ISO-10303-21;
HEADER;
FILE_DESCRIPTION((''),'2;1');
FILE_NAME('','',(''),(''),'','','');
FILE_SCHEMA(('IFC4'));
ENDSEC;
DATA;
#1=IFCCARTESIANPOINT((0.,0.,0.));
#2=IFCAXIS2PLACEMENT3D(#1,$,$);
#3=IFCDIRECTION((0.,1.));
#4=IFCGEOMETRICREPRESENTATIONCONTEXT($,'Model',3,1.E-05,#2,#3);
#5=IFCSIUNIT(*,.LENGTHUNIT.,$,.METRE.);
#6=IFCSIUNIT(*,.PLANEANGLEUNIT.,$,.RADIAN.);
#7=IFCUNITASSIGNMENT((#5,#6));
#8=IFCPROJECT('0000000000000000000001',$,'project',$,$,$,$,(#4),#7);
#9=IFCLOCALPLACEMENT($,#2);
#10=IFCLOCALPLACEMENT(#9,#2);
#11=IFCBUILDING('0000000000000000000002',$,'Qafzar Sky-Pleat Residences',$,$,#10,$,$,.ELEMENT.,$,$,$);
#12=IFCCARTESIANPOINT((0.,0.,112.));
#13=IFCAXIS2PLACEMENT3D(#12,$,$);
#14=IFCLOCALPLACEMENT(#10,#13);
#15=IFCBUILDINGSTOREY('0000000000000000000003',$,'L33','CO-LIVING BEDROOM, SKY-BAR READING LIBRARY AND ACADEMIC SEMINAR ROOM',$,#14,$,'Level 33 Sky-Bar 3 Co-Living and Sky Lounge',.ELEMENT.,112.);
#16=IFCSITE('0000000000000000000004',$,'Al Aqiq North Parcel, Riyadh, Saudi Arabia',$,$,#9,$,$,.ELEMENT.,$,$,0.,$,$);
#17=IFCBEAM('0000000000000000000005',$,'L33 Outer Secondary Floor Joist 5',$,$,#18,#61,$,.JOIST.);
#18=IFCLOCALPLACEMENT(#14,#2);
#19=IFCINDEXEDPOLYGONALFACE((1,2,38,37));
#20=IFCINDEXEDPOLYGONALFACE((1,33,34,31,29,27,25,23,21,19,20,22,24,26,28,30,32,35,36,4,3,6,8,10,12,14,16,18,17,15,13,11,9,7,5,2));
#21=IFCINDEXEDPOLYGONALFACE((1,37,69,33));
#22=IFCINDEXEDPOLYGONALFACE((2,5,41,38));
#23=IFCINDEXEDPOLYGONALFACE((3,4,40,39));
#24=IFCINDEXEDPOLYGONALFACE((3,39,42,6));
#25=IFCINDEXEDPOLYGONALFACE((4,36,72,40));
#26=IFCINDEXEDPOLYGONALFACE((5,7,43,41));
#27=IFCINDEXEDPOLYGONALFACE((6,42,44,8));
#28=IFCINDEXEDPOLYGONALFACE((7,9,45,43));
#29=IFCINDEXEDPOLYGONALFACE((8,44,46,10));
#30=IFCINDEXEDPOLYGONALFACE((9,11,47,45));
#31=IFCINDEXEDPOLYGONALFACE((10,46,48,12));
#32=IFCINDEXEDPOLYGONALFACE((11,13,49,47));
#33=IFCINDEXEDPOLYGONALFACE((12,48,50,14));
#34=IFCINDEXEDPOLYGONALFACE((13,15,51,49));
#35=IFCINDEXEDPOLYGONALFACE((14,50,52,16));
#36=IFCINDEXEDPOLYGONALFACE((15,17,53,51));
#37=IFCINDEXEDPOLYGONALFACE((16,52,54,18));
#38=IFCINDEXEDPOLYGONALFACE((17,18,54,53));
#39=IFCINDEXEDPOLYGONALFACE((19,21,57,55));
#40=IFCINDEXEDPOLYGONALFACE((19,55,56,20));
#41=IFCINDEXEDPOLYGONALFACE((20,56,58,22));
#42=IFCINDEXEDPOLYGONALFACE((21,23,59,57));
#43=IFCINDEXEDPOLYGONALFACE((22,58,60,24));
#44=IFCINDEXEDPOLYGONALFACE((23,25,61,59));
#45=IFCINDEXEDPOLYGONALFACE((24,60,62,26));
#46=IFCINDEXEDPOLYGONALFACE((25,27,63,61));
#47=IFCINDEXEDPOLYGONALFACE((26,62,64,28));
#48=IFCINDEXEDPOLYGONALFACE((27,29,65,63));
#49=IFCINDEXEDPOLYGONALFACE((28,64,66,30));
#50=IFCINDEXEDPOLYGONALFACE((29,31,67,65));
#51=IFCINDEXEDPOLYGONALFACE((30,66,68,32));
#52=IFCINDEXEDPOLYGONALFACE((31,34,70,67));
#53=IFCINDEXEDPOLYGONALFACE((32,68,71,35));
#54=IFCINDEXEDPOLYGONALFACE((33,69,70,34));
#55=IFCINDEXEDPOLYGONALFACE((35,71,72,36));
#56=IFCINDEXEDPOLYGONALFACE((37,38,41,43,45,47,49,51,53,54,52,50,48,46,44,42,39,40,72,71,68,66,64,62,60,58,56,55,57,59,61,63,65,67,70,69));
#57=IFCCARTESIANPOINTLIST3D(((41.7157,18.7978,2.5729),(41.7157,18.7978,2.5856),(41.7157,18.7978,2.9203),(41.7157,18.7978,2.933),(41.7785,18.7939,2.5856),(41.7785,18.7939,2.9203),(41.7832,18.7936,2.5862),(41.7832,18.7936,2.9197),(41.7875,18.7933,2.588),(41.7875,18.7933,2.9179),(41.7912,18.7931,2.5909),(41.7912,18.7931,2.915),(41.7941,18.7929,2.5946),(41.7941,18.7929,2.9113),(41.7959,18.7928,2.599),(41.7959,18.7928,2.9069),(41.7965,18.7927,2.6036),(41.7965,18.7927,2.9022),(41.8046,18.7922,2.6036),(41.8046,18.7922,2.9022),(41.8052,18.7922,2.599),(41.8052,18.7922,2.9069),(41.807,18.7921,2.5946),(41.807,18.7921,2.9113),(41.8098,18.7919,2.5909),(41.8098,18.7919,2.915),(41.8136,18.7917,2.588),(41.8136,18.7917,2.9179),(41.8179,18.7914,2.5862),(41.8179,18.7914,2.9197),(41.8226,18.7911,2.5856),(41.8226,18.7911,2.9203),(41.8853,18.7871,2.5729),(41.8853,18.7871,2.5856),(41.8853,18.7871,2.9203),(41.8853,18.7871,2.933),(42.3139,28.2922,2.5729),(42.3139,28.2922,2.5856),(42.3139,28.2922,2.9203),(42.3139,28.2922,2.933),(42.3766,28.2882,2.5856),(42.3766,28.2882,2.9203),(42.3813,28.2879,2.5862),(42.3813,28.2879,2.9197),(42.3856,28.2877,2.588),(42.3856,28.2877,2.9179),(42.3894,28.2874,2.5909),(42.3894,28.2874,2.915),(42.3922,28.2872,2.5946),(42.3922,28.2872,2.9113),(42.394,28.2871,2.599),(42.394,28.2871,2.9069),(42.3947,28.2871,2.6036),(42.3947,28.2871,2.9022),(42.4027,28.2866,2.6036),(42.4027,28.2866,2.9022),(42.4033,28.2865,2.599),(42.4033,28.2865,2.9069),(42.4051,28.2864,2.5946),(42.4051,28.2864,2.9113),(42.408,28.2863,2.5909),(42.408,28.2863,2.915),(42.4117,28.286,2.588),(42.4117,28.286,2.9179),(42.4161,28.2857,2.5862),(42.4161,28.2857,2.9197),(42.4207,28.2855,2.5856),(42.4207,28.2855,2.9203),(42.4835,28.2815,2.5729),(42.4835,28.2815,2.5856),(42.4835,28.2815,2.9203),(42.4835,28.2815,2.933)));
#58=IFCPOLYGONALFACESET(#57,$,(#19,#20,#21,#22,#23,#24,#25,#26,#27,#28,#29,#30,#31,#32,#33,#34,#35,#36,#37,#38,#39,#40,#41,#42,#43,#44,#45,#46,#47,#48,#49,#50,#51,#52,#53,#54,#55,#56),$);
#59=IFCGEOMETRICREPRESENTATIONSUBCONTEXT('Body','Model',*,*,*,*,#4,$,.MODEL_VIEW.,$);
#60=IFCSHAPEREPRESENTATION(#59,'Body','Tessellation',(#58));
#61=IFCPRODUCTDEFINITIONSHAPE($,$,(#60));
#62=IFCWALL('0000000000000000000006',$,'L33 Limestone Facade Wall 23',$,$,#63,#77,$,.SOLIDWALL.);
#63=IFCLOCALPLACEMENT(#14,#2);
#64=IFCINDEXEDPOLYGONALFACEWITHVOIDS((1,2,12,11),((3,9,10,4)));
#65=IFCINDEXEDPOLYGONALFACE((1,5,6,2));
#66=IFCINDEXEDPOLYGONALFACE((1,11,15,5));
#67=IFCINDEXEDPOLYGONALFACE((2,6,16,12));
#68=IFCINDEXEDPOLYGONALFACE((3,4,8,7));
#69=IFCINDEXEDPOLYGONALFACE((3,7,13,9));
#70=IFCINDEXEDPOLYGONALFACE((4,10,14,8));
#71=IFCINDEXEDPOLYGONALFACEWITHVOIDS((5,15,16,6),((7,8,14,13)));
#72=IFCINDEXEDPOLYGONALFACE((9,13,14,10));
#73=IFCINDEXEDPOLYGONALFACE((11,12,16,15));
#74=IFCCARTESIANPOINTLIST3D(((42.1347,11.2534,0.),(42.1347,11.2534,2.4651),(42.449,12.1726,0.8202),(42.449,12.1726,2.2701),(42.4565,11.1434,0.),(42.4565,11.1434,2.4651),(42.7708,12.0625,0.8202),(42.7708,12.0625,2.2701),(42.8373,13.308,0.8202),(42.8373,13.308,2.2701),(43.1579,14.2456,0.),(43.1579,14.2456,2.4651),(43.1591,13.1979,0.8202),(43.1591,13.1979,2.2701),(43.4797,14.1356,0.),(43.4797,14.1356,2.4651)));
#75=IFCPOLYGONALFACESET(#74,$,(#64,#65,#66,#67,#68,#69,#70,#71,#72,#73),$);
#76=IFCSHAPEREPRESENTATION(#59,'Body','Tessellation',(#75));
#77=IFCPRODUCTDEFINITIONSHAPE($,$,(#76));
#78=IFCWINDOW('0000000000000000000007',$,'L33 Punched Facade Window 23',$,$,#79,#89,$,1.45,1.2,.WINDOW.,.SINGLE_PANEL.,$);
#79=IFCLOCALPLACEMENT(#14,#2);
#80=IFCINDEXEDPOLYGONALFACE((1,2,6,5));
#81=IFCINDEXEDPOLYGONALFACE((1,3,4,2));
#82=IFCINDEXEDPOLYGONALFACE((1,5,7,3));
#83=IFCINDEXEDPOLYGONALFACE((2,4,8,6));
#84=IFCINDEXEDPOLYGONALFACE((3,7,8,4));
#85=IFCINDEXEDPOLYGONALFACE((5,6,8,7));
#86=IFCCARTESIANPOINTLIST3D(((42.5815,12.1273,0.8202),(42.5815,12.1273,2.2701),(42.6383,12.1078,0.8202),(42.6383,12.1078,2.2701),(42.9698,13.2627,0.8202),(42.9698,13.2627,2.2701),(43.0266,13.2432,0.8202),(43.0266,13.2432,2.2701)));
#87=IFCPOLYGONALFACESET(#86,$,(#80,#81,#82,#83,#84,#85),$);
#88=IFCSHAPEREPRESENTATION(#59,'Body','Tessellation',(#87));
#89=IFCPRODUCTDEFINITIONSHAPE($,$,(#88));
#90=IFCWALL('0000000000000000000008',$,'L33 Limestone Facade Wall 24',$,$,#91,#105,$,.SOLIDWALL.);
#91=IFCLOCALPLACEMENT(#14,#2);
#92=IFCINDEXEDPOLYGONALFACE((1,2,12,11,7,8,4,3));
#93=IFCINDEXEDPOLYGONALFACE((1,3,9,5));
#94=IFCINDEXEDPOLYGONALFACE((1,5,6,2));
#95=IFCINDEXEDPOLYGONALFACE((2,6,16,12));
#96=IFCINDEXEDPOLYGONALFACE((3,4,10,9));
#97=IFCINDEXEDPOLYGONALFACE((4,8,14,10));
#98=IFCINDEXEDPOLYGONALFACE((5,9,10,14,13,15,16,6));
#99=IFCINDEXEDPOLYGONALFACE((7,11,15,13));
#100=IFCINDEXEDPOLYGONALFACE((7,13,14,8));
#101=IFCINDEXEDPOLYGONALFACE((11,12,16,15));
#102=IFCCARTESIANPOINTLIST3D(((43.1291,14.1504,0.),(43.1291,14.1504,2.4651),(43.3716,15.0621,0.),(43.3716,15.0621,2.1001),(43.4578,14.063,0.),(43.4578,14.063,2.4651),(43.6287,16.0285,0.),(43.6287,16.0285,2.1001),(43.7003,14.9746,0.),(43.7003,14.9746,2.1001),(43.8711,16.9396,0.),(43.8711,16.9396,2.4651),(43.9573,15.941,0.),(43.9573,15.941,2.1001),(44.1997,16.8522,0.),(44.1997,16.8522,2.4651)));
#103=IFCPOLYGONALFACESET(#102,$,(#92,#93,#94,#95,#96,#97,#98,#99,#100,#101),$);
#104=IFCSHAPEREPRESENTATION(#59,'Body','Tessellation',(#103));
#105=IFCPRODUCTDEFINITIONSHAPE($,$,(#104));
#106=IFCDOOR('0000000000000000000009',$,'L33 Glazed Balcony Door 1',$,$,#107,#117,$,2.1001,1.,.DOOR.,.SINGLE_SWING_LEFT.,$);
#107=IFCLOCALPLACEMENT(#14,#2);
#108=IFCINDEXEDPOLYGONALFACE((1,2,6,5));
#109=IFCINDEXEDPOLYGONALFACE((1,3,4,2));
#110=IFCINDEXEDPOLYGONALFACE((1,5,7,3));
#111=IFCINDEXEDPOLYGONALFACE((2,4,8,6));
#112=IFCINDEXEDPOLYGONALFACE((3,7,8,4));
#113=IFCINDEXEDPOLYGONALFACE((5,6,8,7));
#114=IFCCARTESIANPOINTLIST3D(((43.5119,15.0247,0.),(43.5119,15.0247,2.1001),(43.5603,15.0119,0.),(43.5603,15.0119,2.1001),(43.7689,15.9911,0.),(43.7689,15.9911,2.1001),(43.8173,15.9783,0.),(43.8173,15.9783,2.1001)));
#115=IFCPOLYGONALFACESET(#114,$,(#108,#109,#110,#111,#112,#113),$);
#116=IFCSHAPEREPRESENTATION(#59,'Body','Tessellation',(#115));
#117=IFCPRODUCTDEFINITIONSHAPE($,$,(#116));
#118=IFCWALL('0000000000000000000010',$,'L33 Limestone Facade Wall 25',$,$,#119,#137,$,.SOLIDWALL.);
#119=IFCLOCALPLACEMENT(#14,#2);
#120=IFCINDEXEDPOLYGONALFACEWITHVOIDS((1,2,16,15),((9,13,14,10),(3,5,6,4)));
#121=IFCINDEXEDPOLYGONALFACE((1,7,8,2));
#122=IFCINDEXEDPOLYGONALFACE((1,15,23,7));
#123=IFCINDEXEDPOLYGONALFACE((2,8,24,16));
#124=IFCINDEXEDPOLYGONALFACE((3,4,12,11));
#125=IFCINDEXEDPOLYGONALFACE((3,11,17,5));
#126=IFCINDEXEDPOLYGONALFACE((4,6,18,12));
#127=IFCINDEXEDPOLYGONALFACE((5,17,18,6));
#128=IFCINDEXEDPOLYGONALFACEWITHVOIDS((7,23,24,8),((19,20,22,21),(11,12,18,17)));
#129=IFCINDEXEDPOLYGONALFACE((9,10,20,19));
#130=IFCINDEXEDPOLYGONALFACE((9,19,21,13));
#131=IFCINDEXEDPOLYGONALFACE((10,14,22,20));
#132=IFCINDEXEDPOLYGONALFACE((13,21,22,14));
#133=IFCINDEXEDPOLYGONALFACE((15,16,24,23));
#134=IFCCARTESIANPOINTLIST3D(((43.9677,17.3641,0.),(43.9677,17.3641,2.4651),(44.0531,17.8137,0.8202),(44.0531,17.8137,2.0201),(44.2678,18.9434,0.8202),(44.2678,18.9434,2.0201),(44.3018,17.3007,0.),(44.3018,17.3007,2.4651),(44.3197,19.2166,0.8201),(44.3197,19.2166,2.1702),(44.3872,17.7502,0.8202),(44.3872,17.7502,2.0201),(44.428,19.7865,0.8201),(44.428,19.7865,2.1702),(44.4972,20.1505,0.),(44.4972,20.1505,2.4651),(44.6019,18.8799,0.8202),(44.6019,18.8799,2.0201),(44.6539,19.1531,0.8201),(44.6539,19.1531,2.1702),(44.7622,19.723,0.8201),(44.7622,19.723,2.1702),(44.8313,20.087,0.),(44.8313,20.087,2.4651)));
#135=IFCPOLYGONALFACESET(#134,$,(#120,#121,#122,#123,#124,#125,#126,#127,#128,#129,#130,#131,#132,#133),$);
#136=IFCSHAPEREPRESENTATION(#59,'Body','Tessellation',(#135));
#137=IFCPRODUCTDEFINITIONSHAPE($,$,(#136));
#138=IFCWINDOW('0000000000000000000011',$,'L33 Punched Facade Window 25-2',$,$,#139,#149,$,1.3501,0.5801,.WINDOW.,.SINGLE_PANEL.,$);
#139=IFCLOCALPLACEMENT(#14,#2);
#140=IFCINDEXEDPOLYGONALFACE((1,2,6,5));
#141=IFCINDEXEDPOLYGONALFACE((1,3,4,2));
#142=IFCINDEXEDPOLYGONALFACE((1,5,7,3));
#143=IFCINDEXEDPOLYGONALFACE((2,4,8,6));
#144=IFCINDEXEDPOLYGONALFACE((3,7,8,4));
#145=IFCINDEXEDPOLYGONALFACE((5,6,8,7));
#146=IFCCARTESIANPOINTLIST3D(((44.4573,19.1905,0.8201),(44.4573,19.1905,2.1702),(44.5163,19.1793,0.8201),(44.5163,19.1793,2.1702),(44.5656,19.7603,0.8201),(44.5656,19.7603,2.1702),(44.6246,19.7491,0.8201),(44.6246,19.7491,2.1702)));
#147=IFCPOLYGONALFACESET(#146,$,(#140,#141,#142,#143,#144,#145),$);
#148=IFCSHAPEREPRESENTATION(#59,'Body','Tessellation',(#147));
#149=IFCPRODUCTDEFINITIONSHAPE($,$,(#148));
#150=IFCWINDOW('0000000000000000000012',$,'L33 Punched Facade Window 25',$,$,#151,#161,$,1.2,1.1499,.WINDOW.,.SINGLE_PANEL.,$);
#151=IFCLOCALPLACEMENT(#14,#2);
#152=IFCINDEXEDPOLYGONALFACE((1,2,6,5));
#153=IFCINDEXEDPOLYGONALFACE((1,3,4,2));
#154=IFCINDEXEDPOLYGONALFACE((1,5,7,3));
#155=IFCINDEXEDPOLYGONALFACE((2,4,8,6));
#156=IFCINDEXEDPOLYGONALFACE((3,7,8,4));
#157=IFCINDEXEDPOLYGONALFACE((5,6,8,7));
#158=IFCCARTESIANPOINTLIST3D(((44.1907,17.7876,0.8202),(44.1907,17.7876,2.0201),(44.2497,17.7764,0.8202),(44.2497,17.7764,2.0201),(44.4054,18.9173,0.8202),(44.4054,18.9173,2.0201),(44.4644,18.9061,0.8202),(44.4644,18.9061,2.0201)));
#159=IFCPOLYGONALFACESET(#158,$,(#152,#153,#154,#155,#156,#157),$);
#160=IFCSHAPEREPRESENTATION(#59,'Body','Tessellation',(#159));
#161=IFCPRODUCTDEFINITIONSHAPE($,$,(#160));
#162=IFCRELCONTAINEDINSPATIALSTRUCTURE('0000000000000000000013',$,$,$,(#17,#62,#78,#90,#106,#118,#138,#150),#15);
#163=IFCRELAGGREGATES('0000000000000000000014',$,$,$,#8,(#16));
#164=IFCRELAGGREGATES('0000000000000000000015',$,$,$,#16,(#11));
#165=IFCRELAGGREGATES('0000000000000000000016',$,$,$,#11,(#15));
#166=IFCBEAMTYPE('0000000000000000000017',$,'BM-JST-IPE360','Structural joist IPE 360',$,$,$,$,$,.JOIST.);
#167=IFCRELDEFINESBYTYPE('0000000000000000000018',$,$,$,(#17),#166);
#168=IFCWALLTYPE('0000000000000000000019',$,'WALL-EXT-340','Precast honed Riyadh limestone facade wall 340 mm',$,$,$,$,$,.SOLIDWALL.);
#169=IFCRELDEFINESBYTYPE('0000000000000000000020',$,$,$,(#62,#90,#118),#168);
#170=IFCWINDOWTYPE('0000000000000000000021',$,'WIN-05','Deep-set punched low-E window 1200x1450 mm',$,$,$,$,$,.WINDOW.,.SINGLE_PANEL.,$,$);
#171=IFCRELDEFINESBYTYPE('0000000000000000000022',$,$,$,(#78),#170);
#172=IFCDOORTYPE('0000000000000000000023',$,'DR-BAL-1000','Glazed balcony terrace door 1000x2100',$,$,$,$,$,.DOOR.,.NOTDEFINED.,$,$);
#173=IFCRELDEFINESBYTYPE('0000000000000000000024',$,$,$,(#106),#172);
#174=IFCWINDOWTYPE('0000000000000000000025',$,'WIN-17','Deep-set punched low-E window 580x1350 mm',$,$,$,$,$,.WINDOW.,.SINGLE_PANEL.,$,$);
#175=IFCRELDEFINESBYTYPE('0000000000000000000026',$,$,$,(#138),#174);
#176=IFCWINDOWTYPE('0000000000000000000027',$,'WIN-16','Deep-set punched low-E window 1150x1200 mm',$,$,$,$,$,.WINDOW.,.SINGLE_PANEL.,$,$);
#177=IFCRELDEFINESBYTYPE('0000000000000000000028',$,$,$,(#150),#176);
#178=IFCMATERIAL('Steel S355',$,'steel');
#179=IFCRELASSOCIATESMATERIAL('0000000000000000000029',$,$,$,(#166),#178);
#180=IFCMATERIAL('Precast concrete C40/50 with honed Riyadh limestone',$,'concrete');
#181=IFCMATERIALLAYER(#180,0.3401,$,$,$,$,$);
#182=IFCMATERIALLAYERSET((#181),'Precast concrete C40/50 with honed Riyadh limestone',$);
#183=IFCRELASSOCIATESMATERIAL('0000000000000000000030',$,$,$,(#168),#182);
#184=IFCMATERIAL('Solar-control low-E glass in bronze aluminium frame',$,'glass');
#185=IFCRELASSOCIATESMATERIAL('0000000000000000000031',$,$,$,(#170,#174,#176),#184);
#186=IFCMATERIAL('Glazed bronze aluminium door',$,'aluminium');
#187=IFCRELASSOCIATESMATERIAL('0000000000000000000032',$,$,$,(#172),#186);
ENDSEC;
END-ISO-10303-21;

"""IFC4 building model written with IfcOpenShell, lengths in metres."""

from ifc_helpers import new_model, si_unit, direction, frame, frame_2d, origin, origin_2d, place, context, subcontext, project, spatial, rectangle, i_section, extrude, source, transform, mapped, material, layer, layer_set, material_profile, profile_set, type_object, element, fill, save


model = new_model("IFC4")

# Units and contexts
model_context = context("Model", 3, precision=1e-05, world=origin(), true_north=direction((0.0, 1.0)))
body_context = subcontext(model_context, "Body", "Model", "MODEL_VIEW")
ifc_project = project(units=[si_unit("LENGTHUNIT", "METRE"), si_unit("PLANEANGLEUNIT", "RADIAN")], contexts=[model_context])

# Site, building, storey
site_placement = place(None, origin())
site = spatial("IfcSite", under=ifc_project, at=site_placement, Name="Al Aqiq North Parcel, Riyadh, Saudi Arabia", CompositionType="ELEMENT", RefElevation=0.0)
building_placement = place(site_placement, origin())
building = spatial("IfcBuilding", under=site, at=building_placement, Name="Qafzar Sky-Pleat Residences", CompositionType="ELEMENT")
storey_placement = place(building_placement, frame((0.0, 0.0, 112.0)))
storey = spatial("IfcBuildingStorey", under=building, at=storey_placement, Name="L33", Description="CO-LIVING BEDROOM, SKY-BAR READING LIBRARY AND ACADEMIC SEMINAR ROOM", LongName="Level 33 Sky-Bar 3 Co-Living and Sky Lounge", CompositionType="ELEMENT", Elevation=112.0)

# Beam
ifc_material_1 = material(Name="Steel S355", Category="steel")
ifc_material_profile_1 = material_profile(ifc_material_1, i_section(OverallWidth=0.1699, OverallDepth=0.3601, WebThickness=0.0081, FlangeThickness=0.0127, FilletRadius=0.0181, at=origin_2d()), Name="IPE 360")
ifc_profile_set_1 = profile_set([ifc_material_profile_1], Name="Steel S355")
beam_type_1 = type_object("IfcBeamType", Name="BM-JST-IPE360", Description="Structural joist IPE 360", PredefinedType="JOIST", material=ifc_profile_set_1)
shared_shape_1 = source(origin(), body_context, "Body", "SweptSolid", [
    extrude(i_section(OverallWidth=0.1699, OverallDepth=0.3601, WebThickness=0.0081, FlangeThickness=0.0127, FilletRadius=0.0181, at=origin_2d()), origin(), (0.0, 0.0, 1.0), 9.5132),
])
beam_1_placement = place(storey_placement, frame((41.8005, 18.7925, 2.7529), z_axis=(0.062875, 0.998021, 0.0), x_axis=(-0.998021, 0.062875, 0.0)))
element("IfcBeam", 1, at=beam_1_placement, inside=storey, type_object=beam_type_1, Name="L33 Outer Secondary Floor Joist 5", PredefinedType="JOIST", context=body_context, shape_type="MappedRepresentation", body=[
    mapped(shared_shape_1, transform((0.0, 0.0, 0.0), x_axis=(1.0, 0.0, 0.0), y_axis=(0.0, 1.0, 0.0), z_axis=(0.0, 0.0, 1.0), scale=1.0)),
])

# Wall, opening, window
ifc_material_2 = material(Name="Precast concrete C40/50 with honed Riyadh limestone", Category="concrete")
ifc_layer_1 = layer(ifc_material_2, 0.3401)
ifc_layer_set_1 = layer_set([ifc_layer_1], Name="Precast concrete C40/50 with honed Riyadh limestone")
wall_type = type_object("IfcWallType", Name="WALL-EXT-340", Description="Precast honed Riyadh limestone facade wall 340 mm", PredefinedType="SOLIDWALL", material=ifc_layer_set_1)
wall_1_placement = place(storey_placement, frame((42.2957, 11.1985, 0.0), z_axis=(0.0, 0.0, 1.0), x_axis=(0.32356, 0.946208, 0.0)))
wall_1 = element("IfcWall", 2, at=wall_1_placement, inside=storey, type_object=wall_type, Name="L33 Limestone Facade Wall 23", PredefinedType="SOLIDWALL", context=body_context, shape_type="SweptSolid", body=[
    extrude(rectangle(XDim=3.1624, YDim=0.3401, at=frame_2d((1.5811, 0.0))), origin(), (0.0, 0.0, 1.0), 2.4651),
])
opening_1_placement = place(wall_1_placement, frame((0.9712, 0.0, 0.8201)))
opening_1 = element("IfcOpeningElement", 3, at=opening_1_placement, cuts=wall_1, PredefinedType="OPENING", context=body_context, shape_type="SweptSolid", body=[
    extrude(rectangle(XDim=1.2, YDim=1.45, at=frame_2d((0.6001, 0.7251))), frame((0.0, 0.1802, 0.0), z_axis=(0.0, -1.0, 0.0), x_axis=(1.0, 0.0, 0.0)), (0.0, 0.0, 1.0), 0.3601),
])
ifc_material_3 = material(Name="Solar-control low-E glass in bronze aluminium frame", Category="glass")
window_type_1 = type_object("IfcWindowType", Name="WIN-05", Description="Deep-set punched low-E window 1200x1450 mm", PartitioningType="SINGLE_PANEL", PredefinedType="WINDOW", material=ifc_material_3)
shared_shape_2 = source(origin(), body_context, "Body", "SweptSolid", [
    extrude(rectangle(XDim=1.2, YDim=1.45, at=frame_2d((0.6001, 0.7251))), frame((0.0, 0.03, 0.0), z_axis=(0.0, -1.0, 0.0), x_axis=(1.0, 0.0, 0.0)), (0.0, 0.0, 1.0), 0.0601),
])
window_1_placement = place(opening_1_placement, origin())
window_1 = element("IfcWindow", 4, at=window_1_placement, inside=storey, type_object=window_type_1, Name="L33 Punched Facade Window 23", OverallHeight=1.45, OverallWidth=1.2, PartitioningType="SINGLE_PANEL", PredefinedType="WINDOW", context=body_context, shape_type="MappedRepresentation", body=[
    mapped(shared_shape_2, transform((0.0, 0.0, 0.0), x_axis=(1.0, 0.0, 0.0), y_axis=(0.0, 1.0, 0.0), z_axis=(0.0, 0.0, 1.0), scale=1.0)),
])
fill(opening_1, window_1)

# Wall, opening, door
wall_2_placement = place(storey_placement, frame((43.2935, 14.1067, 0.0), z_axis=(0.0, 0.0, 1.0), x_axis=(0.257057, 0.966396, 0.0)))
wall_2 = element("IfcWall", 5, at=wall_2_placement, inside=storey, type_object=wall_type, Name="L33 Limestone Facade Wall 24", PredefinedType="SOLIDWALL", context=body_context, shape_type="SweptSolid", body=[
    extrude(rectangle(XDim=2.8862, YDim=0.3401, at=frame_2d((1.4431, 0.0))), origin(), (0.0, 0.0, 1.0), 2.4651),
])
opening_2_placement = place(wall_2_placement, frame((0.9434, 0.0, 0.0)))
opening_2 = element("IfcOpeningElement", 6, at=opening_2_placement, cuts=wall_2, PredefinedType="OPENING", context=body_context, shape_type="SweptSolid", body=[
    extrude(rectangle(XDim=1.0, YDim=2.1001, at=frame_2d((0.5, 1.05))), frame((0.0, 0.1802, 0.0), z_axis=(0.0, -1.0, 0.0), x_axis=(1.0, 0.0, 0.0)), (0.0, 0.0, 1.0), 0.3601),
])
ifc_material_4 = material(Name="Glazed bronze aluminium door", Category="aluminium")
door_type = type_object("IfcDoorType", Name="DR-BAL-1000", Description="Glazed balcony terrace door 1000x2100", OperationType="NOTDEFINED", PredefinedType="DOOR", material=ifc_material_4)
shared_shape_3 = source(origin(), body_context, "Body", "SweptSolid", [
    extrude(rectangle(XDim=1.0, YDim=2.1001, at=frame_2d((0.5, 1.05))), frame((0.0, 0.0249, 0.0), z_axis=(0.0, -1.0, 0.0), x_axis=(1.0, 0.0, 0.0)), (0.0, 0.0, 1.0), 0.05),
])
door_placement = place(opening_2_placement, origin())
door = element("IfcDoor", 7, at=door_placement, inside=storey, type_object=door_type, Name="L33 Glazed Balcony Door 1", OperationType="SINGLE_SWING_LEFT", OverallHeight=2.1001, OverallWidth=1.0, PredefinedType="DOOR", context=body_context, shape_type="MappedRepresentation", body=[
    mapped(shared_shape_3, transform((0.0, 0.0, 0.0), x_axis=(1.0, 0.0, 0.0), y_axis=(0.0, 1.0, 0.0), z_axis=(0.0, 0.0, 1.0), scale=1.0)),
])
fill(opening_2, door)

# Wall, openings, windows
wall_3_placement = place(storey_placement, frame((44.1348, 17.3325, 0.0), z_axis=(0.0, 0.0, 1.0), x_axis=(0.186705, 0.982416, 0.0)))
wall_3 = element("IfcWall", 8, at=wall_3_placement, inside=storey, type_object=wall_type, Name="L33 Limestone Facade Wall 25", PredefinedType="SOLIDWALL", context=body_context, shape_type="SweptSolid", body=[
    extrude(rectangle(XDim=2.8362, YDim=0.3401, at=frame_2d((1.418, 0.0))), origin(), (0.0, 0.0, 1.0), 2.4651),
])
opening_3_placement = place(wall_3_placement, frame((0.4575, 0.0, 0.8201)))
opening_3 = element("IfcOpeningElement", 9, at=opening_3_placement, cuts=wall_3, PredefinedType="OPENING", context=body_context, shape_type="SweptSolid", body=[
    extrude(rectangle(XDim=1.1499, YDim=1.2, at=frame_2d((0.575, 0.6001))), frame((0.0, 0.1802, 0.0), z_axis=(0.0, -1.0, 0.0), x_axis=(1.0, 0.0, 0.0)), (0.0, 0.0, 1.0), 0.3601),
])
opening_4_placement = place(wall_3_placement, frame((1.8855, 0.0, 0.8201)))
opening_4 = element("IfcOpeningElement", 10, at=opening_4_placement, cuts=wall_3, PredefinedType="OPENING", context=body_context, shape_type="SweptSolid", body=[
    extrude(rectangle(XDim=0.5801, YDim=1.3501, at=frame_2d((0.29, 0.675))), frame((0.0, 0.1802, 0.0), z_axis=(0.0, -1.0, 0.0), x_axis=(1.0, 0.0, 0.0)), (0.0, 0.0, 1.0), 0.3601),
])
window_type_2 = type_object("IfcWindowType", Name="WIN-17", Description="Deep-set punched low-E window 580x1350 mm", PartitioningType="SINGLE_PANEL", PredefinedType="WINDOW", material=ifc_material_3)
shared_shape_4 = source(origin(), body_context, "Body", "SweptSolid", [
    extrude(rectangle(XDim=0.5801, YDim=1.3501, at=frame_2d((0.29, 0.675))), frame((0.0, 0.03, 0.0), z_axis=(0.0, -1.0, 0.0), x_axis=(1.0, 0.0, 0.0)), (0.0, 0.0, 1.0), 0.0601),
])
window_2_placement = place(opening_4_placement, origin())
window_2 = element("IfcWindow", 11, at=window_2_placement, inside=storey, type_object=window_type_2, Name="L33 Punched Facade Window 25-2", OverallHeight=1.3501, OverallWidth=0.5801, PartitioningType="SINGLE_PANEL", PredefinedType="WINDOW", context=body_context, shape_type="MappedRepresentation", body=[
    mapped(shared_shape_4, transform((0.0, 0.0, 0.0), x_axis=(1.0, 0.0, 0.0), y_axis=(0.0, 1.0, 0.0), z_axis=(0.0, 0.0, 1.0), scale=1.0)),
])
fill(opening_4, window_2)
window_type_3 = type_object("IfcWindowType", Name="WIN-16", Description="Deep-set punched low-E window 1150x1200 mm", PartitioningType="SINGLE_PANEL", PredefinedType="WINDOW", material=ifc_material_3)
shared_shape_5 = source(origin(), body_context, "Body", "SweptSolid", [
    extrude(rectangle(XDim=1.1499, YDim=1.2, at=frame_2d((0.575, 0.6001))), frame((0.0, 0.03, 0.0), z_axis=(0.0, -1.0, 0.0), x_axis=(1.0, 0.0, 0.0)), (0.0, 0.0, 1.0), 0.0601),
])
window_3_placement = place(opening_3_placement, origin())
window_3 = element("IfcWindow", 12, at=window_3_placement, inside=storey, type_object=window_type_3, Name="L33 Punched Facade Window 25", OverallHeight=1.2, OverallWidth=1.1499, PartitioningType="SINGLE_PANEL", PredefinedType="WINDOW", context=body_context, shape_type="MappedRepresentation", body=[
    mapped(shared_shape_5, transform((0.0, 0.0, 0.0), x_axis=(1.0, 0.0, 0.0), y_axis=(0.0, 1.0, 0.0), z_axis=(0.0, 0.0, 1.0), scale=1.0)),
])
fill(opening_3, window_3)

save(model, "model.ifc")
